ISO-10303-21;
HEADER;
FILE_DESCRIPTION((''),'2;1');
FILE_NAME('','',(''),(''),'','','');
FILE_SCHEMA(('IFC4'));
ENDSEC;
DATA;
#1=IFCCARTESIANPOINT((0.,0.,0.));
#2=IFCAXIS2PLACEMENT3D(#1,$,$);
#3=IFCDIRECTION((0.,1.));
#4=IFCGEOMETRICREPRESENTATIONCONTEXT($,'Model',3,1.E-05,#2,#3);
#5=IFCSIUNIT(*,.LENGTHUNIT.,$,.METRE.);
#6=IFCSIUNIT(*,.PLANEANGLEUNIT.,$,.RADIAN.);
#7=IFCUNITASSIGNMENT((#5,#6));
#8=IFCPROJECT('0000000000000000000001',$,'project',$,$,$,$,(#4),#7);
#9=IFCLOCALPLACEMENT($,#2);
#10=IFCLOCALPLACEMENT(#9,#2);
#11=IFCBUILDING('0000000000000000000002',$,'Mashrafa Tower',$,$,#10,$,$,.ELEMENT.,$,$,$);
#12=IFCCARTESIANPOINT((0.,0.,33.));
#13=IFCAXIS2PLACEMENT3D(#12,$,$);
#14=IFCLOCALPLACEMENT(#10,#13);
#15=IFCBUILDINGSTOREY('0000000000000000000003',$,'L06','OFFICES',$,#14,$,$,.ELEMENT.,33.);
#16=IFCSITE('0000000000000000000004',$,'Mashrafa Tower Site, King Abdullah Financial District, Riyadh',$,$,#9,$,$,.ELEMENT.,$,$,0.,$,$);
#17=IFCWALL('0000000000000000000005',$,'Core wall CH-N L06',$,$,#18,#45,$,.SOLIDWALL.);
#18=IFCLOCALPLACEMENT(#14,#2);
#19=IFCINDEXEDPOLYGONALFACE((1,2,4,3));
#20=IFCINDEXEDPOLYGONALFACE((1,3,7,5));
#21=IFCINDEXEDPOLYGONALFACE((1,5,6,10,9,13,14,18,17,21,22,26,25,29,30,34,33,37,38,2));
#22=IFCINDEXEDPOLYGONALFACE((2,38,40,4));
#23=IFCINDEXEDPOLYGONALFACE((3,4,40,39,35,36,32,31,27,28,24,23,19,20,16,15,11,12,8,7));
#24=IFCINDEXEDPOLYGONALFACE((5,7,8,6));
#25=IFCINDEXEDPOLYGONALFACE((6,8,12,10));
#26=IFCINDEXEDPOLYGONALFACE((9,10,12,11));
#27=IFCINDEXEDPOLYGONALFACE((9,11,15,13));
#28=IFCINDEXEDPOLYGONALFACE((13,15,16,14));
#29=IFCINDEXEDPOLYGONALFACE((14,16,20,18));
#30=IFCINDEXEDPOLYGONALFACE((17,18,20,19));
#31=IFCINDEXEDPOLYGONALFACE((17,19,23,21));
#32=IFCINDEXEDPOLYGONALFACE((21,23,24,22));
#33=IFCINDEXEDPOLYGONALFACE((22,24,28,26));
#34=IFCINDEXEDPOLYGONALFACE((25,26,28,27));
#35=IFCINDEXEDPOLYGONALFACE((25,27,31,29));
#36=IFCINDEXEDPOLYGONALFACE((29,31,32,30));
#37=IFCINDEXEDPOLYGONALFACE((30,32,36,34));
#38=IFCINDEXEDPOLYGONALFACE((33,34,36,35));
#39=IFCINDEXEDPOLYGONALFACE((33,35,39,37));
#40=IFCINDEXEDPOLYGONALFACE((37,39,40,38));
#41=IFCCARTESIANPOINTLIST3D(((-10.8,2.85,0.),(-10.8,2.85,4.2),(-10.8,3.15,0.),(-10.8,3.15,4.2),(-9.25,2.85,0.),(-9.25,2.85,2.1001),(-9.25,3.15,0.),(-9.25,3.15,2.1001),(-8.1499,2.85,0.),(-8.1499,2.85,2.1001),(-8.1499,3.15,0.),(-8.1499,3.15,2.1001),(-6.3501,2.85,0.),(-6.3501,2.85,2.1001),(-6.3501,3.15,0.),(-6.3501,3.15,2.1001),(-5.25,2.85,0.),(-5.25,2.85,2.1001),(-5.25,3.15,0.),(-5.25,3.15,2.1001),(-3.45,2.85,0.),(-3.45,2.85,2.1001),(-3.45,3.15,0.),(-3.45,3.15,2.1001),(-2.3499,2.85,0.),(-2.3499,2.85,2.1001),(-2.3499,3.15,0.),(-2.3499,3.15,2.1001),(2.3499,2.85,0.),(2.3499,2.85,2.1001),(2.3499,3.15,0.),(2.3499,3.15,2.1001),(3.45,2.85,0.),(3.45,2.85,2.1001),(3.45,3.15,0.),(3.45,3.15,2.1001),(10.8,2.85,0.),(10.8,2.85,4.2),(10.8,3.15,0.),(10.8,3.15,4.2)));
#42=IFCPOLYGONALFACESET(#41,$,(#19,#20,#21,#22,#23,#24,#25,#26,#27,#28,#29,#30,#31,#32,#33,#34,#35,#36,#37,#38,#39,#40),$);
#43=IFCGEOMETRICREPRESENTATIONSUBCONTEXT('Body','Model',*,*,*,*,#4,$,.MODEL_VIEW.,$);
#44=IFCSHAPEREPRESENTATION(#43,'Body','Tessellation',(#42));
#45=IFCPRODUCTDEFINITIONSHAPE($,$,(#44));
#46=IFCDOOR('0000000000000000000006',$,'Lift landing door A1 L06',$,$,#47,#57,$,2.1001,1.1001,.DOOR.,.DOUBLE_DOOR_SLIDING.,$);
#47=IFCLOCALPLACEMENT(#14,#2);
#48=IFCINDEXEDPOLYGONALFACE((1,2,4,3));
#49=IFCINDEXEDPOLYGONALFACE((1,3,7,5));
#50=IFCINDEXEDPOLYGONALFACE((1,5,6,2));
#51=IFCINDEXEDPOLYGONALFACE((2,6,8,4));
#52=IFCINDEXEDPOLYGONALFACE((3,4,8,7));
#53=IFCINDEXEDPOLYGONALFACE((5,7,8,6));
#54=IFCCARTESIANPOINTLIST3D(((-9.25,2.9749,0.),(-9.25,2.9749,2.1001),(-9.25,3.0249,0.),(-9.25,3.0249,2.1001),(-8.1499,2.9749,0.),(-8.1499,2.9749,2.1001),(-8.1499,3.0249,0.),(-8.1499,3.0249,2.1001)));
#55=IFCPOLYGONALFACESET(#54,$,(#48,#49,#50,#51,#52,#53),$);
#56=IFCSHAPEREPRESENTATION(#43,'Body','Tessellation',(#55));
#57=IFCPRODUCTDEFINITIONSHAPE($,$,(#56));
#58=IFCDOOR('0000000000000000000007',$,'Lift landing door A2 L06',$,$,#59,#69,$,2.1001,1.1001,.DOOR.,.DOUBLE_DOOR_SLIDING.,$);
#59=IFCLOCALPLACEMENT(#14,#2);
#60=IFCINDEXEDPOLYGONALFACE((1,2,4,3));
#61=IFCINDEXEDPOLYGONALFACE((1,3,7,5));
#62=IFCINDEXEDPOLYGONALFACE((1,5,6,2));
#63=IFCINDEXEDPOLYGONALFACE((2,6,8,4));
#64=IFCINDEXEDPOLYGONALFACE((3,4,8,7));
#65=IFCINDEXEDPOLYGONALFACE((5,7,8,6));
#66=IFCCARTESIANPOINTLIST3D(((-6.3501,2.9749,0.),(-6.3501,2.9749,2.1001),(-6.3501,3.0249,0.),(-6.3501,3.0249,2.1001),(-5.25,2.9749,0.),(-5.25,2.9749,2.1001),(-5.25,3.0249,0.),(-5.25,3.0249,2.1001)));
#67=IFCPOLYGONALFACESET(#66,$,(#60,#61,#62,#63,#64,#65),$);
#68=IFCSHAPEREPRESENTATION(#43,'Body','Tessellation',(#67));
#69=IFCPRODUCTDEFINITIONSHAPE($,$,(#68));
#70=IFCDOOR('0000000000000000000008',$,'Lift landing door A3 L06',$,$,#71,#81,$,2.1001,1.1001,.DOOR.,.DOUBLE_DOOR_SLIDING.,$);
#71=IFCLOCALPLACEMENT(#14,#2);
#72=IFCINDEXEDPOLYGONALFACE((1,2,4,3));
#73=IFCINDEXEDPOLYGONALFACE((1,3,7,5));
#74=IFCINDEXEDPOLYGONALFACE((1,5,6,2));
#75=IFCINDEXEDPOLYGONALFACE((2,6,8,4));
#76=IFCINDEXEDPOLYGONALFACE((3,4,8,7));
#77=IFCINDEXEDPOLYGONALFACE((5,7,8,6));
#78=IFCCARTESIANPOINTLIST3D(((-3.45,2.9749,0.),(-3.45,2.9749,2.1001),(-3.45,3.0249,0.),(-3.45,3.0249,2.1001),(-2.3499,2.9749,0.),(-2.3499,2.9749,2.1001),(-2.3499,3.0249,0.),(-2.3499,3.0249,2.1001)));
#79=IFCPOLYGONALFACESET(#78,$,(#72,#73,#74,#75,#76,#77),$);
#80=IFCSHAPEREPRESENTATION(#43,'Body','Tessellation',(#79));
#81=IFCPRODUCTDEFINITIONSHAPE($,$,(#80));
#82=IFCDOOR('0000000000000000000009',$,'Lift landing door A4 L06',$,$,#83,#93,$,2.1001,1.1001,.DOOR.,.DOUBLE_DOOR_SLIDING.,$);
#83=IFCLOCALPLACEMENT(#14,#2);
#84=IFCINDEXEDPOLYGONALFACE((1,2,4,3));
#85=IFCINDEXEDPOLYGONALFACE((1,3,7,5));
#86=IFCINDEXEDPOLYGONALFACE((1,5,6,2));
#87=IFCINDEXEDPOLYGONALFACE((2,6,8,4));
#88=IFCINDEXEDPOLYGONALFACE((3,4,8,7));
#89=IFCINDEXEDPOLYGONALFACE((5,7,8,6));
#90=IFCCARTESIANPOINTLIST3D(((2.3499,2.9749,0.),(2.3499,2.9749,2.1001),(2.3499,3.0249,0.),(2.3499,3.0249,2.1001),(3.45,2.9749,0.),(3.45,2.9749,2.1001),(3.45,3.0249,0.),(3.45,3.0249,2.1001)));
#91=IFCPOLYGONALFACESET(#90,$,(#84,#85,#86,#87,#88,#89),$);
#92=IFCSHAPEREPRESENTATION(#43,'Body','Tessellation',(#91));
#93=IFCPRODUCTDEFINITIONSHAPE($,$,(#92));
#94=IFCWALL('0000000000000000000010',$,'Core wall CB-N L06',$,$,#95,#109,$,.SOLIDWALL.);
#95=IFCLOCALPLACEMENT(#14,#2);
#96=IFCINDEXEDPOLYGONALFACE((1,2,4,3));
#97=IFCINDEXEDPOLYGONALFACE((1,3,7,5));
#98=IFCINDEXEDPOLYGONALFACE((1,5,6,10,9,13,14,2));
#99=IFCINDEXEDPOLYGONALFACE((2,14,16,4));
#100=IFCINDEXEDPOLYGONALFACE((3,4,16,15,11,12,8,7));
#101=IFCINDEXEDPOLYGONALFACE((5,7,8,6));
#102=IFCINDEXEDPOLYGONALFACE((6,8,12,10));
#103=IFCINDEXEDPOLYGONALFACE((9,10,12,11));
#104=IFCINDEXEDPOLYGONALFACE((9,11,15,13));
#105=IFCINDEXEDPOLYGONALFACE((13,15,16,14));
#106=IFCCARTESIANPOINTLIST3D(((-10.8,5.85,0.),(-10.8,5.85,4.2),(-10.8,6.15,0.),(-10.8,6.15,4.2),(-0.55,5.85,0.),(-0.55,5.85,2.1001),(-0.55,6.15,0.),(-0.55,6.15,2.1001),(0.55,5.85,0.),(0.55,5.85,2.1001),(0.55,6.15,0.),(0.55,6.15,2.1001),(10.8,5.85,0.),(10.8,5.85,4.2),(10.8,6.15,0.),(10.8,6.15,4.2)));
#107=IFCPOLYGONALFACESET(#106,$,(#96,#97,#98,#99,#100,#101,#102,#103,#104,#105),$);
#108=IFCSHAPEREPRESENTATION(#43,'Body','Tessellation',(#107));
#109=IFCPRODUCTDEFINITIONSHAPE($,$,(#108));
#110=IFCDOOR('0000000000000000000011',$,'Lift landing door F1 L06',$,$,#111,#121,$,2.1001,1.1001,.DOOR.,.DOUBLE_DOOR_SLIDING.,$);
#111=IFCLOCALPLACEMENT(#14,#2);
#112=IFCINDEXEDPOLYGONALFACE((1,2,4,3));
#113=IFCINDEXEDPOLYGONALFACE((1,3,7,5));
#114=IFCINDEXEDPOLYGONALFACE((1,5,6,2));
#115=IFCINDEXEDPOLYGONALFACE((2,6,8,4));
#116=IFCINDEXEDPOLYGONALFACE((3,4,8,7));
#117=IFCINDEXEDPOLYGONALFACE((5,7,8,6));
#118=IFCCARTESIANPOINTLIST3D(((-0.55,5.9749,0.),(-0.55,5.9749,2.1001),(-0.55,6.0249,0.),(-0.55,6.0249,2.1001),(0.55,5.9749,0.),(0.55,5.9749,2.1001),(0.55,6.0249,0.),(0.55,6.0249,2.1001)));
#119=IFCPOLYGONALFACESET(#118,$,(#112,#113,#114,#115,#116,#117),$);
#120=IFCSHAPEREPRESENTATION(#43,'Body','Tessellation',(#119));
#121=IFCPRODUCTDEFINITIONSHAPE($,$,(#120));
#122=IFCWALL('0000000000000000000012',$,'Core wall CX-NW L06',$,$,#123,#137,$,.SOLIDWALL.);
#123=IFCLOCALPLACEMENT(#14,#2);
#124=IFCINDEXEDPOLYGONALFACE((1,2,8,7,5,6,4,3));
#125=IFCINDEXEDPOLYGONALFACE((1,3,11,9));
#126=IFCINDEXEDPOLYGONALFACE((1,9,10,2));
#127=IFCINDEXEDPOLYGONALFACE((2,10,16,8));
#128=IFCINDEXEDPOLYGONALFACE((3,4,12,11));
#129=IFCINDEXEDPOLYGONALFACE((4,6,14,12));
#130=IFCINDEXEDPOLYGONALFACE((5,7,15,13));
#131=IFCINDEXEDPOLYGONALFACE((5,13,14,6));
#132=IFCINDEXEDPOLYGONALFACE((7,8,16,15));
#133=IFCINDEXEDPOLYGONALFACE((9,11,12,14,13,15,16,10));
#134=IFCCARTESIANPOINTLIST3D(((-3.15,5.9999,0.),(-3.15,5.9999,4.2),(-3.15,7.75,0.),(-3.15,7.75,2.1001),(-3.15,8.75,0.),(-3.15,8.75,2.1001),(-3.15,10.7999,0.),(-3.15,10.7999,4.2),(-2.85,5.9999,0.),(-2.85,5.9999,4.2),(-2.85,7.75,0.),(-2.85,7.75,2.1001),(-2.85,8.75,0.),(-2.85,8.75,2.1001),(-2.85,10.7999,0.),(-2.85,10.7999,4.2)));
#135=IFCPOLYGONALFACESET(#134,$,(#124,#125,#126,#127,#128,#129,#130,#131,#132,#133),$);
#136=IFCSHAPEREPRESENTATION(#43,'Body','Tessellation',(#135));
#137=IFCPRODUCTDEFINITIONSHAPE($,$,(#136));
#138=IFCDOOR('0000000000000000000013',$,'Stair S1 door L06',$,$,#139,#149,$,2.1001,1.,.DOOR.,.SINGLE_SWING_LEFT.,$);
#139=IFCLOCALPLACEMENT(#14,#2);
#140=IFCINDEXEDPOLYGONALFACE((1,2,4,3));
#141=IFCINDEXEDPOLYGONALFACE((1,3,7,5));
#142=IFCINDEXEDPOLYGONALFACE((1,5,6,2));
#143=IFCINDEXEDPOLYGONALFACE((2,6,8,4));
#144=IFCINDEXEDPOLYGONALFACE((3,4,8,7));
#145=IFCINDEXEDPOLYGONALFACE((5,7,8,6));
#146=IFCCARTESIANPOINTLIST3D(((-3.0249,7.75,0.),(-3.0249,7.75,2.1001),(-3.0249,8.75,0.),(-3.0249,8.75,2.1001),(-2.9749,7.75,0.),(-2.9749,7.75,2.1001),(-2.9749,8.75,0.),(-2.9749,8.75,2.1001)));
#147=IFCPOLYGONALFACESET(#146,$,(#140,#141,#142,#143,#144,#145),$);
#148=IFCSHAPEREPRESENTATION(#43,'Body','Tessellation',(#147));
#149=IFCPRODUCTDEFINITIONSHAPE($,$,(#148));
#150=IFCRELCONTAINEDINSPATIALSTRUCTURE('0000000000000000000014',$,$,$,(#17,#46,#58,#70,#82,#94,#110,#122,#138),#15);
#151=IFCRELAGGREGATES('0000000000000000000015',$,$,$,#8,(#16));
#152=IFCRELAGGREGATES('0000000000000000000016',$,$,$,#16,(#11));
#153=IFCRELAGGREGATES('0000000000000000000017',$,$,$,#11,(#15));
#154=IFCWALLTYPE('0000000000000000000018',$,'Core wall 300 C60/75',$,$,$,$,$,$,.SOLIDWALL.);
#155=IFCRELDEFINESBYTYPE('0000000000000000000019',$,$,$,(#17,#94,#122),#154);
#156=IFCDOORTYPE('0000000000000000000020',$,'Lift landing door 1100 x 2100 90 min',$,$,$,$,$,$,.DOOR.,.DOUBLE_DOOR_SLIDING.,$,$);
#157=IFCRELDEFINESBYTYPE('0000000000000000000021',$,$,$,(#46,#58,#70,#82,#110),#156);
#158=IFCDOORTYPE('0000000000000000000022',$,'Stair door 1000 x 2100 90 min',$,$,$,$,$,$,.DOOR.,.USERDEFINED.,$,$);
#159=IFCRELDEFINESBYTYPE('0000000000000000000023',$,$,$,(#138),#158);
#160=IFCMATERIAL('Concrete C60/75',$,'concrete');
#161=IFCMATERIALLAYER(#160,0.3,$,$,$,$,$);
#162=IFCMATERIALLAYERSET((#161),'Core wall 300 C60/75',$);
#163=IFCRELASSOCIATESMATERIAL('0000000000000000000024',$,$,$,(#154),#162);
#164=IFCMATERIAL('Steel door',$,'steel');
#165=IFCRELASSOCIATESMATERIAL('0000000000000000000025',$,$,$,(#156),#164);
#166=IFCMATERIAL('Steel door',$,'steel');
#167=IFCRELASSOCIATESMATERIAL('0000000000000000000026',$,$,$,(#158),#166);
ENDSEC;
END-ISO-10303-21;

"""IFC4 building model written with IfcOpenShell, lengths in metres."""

from ifc_helpers import new_model, si_unit, direction, frame, frame_2d, origin, place, context, subcontext, project, spatial, rectangle, extrude, material, layer, layer_set, type_object, element, fill, save


model = new_model("IFC4")

# Units and contexts
model_context = context("Model", 3, precision=1e-05, world=origin(), true_north=direction((0.0, 1.0)))
body_context = subcontext(model_context, "Body", "Model", "MODEL_VIEW")
ifc_project = project(units=[si_unit("LENGTHUNIT", "METRE"), si_unit("PLANEANGLEUNIT", "RADIAN")], contexts=[model_context])

# Site, building, storey
site_placement = place(None, origin())
site = spatial("IfcSite", under=ifc_project, at=site_placement, Name="Mashrafa Tower Site, King Abdullah Financial District, Riyadh", CompositionType="ELEMENT", RefElevation=0.0)
building_placement = place(site_placement, origin())
building = spatial("IfcBuilding", under=site, at=building_placement, Name="Mashrafa Tower", CompositionType="ELEMENT")
storey_placement = place(building_placement, frame((0.0, 0.0, 33.0)))
storey = spatial("IfcBuildingStorey", under=building, at=storey_placement, Name="L06", Description="OFFICES", CompositionType="ELEMENT", Elevation=33.0)

# Wall, openings, doors
ifc_material_1 = material(Name="Concrete C60/75", Category="concrete")
ifc_layer_1 = layer(ifc_material_1, 0.3)
ifc_layer_set_1 = layer_set([ifc_layer_1], Name="Core wall 300 C60/75")
wall_type_1 = type_object("IfcWallType", Name="Core wall 300 C60/75", PredefinedType="SOLIDWALL", material=ifc_layer_set_1)
wall_1_placement = place(storey_placement, frame((-10.8, 3.0, 0.0), z_axis=(0.0, 0.0, 1.0), x_axis=(1.0, 0.0, 0.0)))
wall_1 = element("IfcWall", 1, at=wall_1_placement, inside=storey, type_object=wall_type_1, Name="Core wall CH-N L06", PredefinedType="SOLIDWALL", context=body_context, shape_type="SweptSolid", body=[
    extrude(rectangle(XDim=21.6001, YDim=0.3, at=frame_2d((10.8, 0.0))), origin(), (0.0, 0.0, 1.0), 4.2),
])
opening_1_placement = place(wall_1_placement, frame((1.55, 0.0, 0.0)))
opening_1 = element("IfcOpeningElement", 2, at=opening_1_placement, cuts=wall_1, PredefinedType="OPENING", context=body_context, shape_type="SweptSolid", body=[
    extrude(rectangle(XDim=1.1001, YDim=2.1001, at=frame_2d((0.55, 1.05))), frame((0.0, 0.1599, 0.0), z_axis=(0.0, -1.0, 0.0), x_axis=(1.0, 0.0, 0.0)), (0.0, 0.0, 1.0), 0.3201),
])
opening_2_placement = place(wall_1_placement, frame((4.45, 0.0, 0.0)))
opening_2 = element("IfcOpeningElement", 3, at=opening_2_placement, cuts=wall_1, PredefinedType="OPENING", context=body_context, shape_type="SweptSolid", body=[
    extrude(rectangle(XDim=1.1001, YDim=2.1001, at=frame_2d((0.55, 1.05))), frame((0.0, 0.1599, 0.0), z_axis=(0.0, -1.0, 0.0), x_axis=(1.0, 0.0, 0.0)), (0.0, 0.0, 1.0), 0.3201),
])
opening_3_placement = place(wall_1_placement, frame((7.3501, 0.0, 0.0)))
opening_3 = element("IfcOpeningElement", 4, at=opening_3_placement, cuts=wall_1, PredefinedType="OPENING", context=body_context, shape_type="SweptSolid", body=[
    extrude(rectangle(XDim=1.1001, YDim=2.1001, at=frame_2d((0.55, 1.05))), frame((0.0, 0.1599, 0.0), z_axis=(0.0, -1.0, 0.0), x_axis=(1.0, 0.0, 0.0)), (0.0, 0.0, 1.0), 0.3201),
])
opening_4_placement = place(wall_1_placement, frame((13.1499, 0.0, 0.0)))
opening_4 = element("IfcOpeningElement", 5, at=opening_4_placement, cuts=wall_1, PredefinedType="OPENING", context=body_context, shape_type="SweptSolid", body=[
    extrude(rectangle(XDim=1.1001, YDim=2.1001, at=frame_2d((0.55, 1.05))), frame((0.0, 0.1599, 0.0), z_axis=(0.0, -1.0, 0.0), x_axis=(1.0, 0.0, 0.0)), (0.0, 0.0, 1.0), 0.3201),
])
ifc_material_2 = material(Name="Steel door", Category="steel")
door_type_1 = type_object("IfcDoorType", Name="Lift landing door 1100 x 2100 90 min", OperationType="DOUBLE_DOOR_SLIDING", PredefinedType="DOOR", material=ifc_material_2)
door_1_placement = place(opening_1_placement, origin())
door_1 = element("IfcDoor", 6, at=door_1_placement, inside=storey, type_object=door_type_1, Name="Lift landing door A1 L06", OperationType="DOUBLE_DOOR_SLIDING", OverallHeight=2.1001, OverallWidth=1.1001, PredefinedType="DOOR", context=body_context, shape_type="SweptSolid", body=[
    extrude(rectangle(XDim=1.1001, YDim=2.1001, at=frame_2d((0.55, 1.05))), frame((0.0, 0.0249, 0.0), z_axis=(0.0, -1.0, 0.0), x_axis=(1.0, 0.0, 0.0)), (0.0, 0.0, 1.0), 0.05),
])
fill(opening_1, door_1)
door_2_placement = place(opening_2_placement, origin())
door_2 = element("IfcDoor", 7, at=door_2_placement, inside=storey, type_object=door_type_1, Name="Lift landing door A2 L06", OperationType="DOUBLE_DOOR_SLIDING", OverallHeight=2.1001, OverallWidth=1.1001, PredefinedType="DOOR", context=body_context, shape_type="SweptSolid", body=[
    extrude(rectangle(XDim=1.1001, YDim=2.1001, at=frame_2d((0.55, 1.05))), frame((0.0, 0.0249, 0.0), z_axis=(0.0, -1.0, 0.0), x_axis=(1.0, 0.0, 0.0)), (0.0, 0.0, 1.0), 0.05),
])
fill(opening_2, door_2)
door_3_placement = place(opening_3_placement, origin())
door_3 = element("IfcDoor", 8, at=door_3_placement, inside=storey, type_object=door_type_1, Name="Lift landing door A3 L06", OperationType="DOUBLE_DOOR_SLIDING", OverallHeight=2.1001, OverallWidth=1.1001, PredefinedType="DOOR", context=body_context, shape_type="SweptSolid", body=[
    extrude(rectangle(XDim=1.1001, YDim=2.1001, at=frame_2d((0.55, 1.05))), frame((0.0, 0.0249, 0.0), z_axis=(0.0, -1.0, 0.0), x_axis=(1.0, 0.0, 0.0)), (0.0, 0.0, 1.0), 0.05),
])
fill(opening_3, door_3)
door_4_placement = place(opening_4_placement, origin())
door_4 = element("IfcDoor", 9, at=door_4_placement, inside=storey, type_object=door_type_1, Name="Lift landing door A4 L06", OperationType="DOUBLE_DOOR_SLIDING", OverallHeight=2.1001, OverallWidth=1.1001, PredefinedType="DOOR", context=body_context, shape_type="SweptSolid", body=[
    extrude(rectangle(XDim=1.1001, YDim=2.1001, at=frame_2d((0.55, 1.05))), frame((0.0, 0.0249, 0.0), z_axis=(0.0, -1.0, 0.0), x_axis=(1.0, 0.0, 0.0)), (0.0, 0.0, 1.0), 0.05),
])
fill(opening_4, door_4)

# Walls, openings, doors
wall_2_placement = place(storey_placement, frame((-10.8, 6.0, 0.0), z_axis=(0.0, 0.0, 1.0), x_axis=(1.0, 0.0, 0.0)))
wall_2 = element("IfcWall", 10, at=wall_2_placement, inside=storey, type_object=wall_type_1, Name="Core wall CB-N L06", PredefinedType="SOLIDWALL", context=body_context, shape_type="SweptSolid", body=[
    extrude(rectangle(XDim=21.6001, YDim=0.3, at=frame_2d((10.8, 0.0))), origin(), (0.0, 0.0, 1.0), 4.2),
])
opening_5_placement = place(wall_2_placement, frame((10.25, 0.0, 0.0)))
opening_5 = element("IfcOpeningElement", 11, at=opening_5_placement, cuts=wall_2, PredefinedType="OPENING", context=body_context, shape_type="SweptSolid", body=[
    extrude(rectangle(XDim=1.1001, YDim=2.1001, at=frame_2d((0.55, 1.05))), frame((0.0, 0.1599, 0.0), z_axis=(0.0, -1.0, 0.0), x_axis=(1.0, 0.0, 0.0)), (0.0, 0.0, 1.0), 0.3201),
])
door_5_placement = place(opening_5_placement, origin())
door_5 = element("IfcDoor", 12, at=door_5_placement, inside=storey, type_object=door_type_1, Name="Lift landing door F1 L06", OperationType="DOUBLE_DOOR_SLIDING", OverallHeight=2.1001, OverallWidth=1.1001, PredefinedType="DOOR", context=body_context, shape_type="SweptSolid", body=[
    extrude(rectangle(XDim=1.1001, YDim=2.1001, at=frame_2d((0.55, 1.05))), frame((0.0, 0.0249, 0.0), z_axis=(0.0, -1.0, 0.0), x_axis=(1.0, 0.0, 0.0)), (0.0, 0.0, 1.0), 0.05),
])
fill(opening_5, door_5)
wall_3_placement = place(storey_placement, frame((-3.0, 6.0, 0.0), z_axis=(0.0, 0.0, 1.0), x_axis=(0.0, 1.0, 0.0)))
wall_3 = element("IfcWall", 13, at=wall_3_placement, inside=storey, type_object=wall_type_1, Name="Core wall CX-NW L06", PredefinedType="SOLIDWALL", context=body_context, shape_type="SweptSolid", body=[
    extrude(rectangle(XDim=4.8, YDim=0.3, at=frame_2d((2.3999, 0.0))), origin(), (0.0, 0.0, 1.0), 4.2),
])
opening_6_placement = place(wall_3_placement, frame((1.75, 0.0, 0.0)))
opening_6 = element("IfcOpeningElement", 14, at=opening_6_placement, cuts=wall_3, PredefinedType="OPENING", context=body_context, shape_type="SweptSolid", body=[
    extrude(rectangle(XDim=1.0, YDim=2.1001, at=frame_2d((0.5, 1.05))), frame((0.0, 0.1599, 0.0), z_axis=(0.0, -1.0, 0.0), x_axis=(1.0, 0.0, 0.0)), (0.0, 0.0, 1.0), 0.3201),
])
ifc_material_3 = material(Name="Steel door", Category="steel")
door_type_2 = type_object("IfcDoorType", Name="Stair door 1000 x 2100 90 min", OperationType="USERDEFINED", PredefinedType="DOOR", material=ifc_material_3)
door_6_placement = place(opening_6_placement, origin())
door_6 = element("IfcDoor", 15, at=door_6_placement, inside=storey, type_object=door_type_2, Name="Stair S1 door L06", OperationType="SINGLE_SWING_LEFT", OverallHeight=2.1001, OverallWidth=1.0, PredefinedType="DOOR", context=body_context, shape_type="SweptSolid", body=[
    extrude(rectangle(XDim=1.0, YDim=2.1001, at=frame_2d((0.5, 1.05))), frame((0.0, 0.0249, 0.0), z_axis=(0.0, -1.0, 0.0), x_axis=(1.0, 0.0, 0.0)), (0.0, 0.0, 1.0), 0.05),
])
fill(opening_6, door_6)

save(model, "model.ifc")
